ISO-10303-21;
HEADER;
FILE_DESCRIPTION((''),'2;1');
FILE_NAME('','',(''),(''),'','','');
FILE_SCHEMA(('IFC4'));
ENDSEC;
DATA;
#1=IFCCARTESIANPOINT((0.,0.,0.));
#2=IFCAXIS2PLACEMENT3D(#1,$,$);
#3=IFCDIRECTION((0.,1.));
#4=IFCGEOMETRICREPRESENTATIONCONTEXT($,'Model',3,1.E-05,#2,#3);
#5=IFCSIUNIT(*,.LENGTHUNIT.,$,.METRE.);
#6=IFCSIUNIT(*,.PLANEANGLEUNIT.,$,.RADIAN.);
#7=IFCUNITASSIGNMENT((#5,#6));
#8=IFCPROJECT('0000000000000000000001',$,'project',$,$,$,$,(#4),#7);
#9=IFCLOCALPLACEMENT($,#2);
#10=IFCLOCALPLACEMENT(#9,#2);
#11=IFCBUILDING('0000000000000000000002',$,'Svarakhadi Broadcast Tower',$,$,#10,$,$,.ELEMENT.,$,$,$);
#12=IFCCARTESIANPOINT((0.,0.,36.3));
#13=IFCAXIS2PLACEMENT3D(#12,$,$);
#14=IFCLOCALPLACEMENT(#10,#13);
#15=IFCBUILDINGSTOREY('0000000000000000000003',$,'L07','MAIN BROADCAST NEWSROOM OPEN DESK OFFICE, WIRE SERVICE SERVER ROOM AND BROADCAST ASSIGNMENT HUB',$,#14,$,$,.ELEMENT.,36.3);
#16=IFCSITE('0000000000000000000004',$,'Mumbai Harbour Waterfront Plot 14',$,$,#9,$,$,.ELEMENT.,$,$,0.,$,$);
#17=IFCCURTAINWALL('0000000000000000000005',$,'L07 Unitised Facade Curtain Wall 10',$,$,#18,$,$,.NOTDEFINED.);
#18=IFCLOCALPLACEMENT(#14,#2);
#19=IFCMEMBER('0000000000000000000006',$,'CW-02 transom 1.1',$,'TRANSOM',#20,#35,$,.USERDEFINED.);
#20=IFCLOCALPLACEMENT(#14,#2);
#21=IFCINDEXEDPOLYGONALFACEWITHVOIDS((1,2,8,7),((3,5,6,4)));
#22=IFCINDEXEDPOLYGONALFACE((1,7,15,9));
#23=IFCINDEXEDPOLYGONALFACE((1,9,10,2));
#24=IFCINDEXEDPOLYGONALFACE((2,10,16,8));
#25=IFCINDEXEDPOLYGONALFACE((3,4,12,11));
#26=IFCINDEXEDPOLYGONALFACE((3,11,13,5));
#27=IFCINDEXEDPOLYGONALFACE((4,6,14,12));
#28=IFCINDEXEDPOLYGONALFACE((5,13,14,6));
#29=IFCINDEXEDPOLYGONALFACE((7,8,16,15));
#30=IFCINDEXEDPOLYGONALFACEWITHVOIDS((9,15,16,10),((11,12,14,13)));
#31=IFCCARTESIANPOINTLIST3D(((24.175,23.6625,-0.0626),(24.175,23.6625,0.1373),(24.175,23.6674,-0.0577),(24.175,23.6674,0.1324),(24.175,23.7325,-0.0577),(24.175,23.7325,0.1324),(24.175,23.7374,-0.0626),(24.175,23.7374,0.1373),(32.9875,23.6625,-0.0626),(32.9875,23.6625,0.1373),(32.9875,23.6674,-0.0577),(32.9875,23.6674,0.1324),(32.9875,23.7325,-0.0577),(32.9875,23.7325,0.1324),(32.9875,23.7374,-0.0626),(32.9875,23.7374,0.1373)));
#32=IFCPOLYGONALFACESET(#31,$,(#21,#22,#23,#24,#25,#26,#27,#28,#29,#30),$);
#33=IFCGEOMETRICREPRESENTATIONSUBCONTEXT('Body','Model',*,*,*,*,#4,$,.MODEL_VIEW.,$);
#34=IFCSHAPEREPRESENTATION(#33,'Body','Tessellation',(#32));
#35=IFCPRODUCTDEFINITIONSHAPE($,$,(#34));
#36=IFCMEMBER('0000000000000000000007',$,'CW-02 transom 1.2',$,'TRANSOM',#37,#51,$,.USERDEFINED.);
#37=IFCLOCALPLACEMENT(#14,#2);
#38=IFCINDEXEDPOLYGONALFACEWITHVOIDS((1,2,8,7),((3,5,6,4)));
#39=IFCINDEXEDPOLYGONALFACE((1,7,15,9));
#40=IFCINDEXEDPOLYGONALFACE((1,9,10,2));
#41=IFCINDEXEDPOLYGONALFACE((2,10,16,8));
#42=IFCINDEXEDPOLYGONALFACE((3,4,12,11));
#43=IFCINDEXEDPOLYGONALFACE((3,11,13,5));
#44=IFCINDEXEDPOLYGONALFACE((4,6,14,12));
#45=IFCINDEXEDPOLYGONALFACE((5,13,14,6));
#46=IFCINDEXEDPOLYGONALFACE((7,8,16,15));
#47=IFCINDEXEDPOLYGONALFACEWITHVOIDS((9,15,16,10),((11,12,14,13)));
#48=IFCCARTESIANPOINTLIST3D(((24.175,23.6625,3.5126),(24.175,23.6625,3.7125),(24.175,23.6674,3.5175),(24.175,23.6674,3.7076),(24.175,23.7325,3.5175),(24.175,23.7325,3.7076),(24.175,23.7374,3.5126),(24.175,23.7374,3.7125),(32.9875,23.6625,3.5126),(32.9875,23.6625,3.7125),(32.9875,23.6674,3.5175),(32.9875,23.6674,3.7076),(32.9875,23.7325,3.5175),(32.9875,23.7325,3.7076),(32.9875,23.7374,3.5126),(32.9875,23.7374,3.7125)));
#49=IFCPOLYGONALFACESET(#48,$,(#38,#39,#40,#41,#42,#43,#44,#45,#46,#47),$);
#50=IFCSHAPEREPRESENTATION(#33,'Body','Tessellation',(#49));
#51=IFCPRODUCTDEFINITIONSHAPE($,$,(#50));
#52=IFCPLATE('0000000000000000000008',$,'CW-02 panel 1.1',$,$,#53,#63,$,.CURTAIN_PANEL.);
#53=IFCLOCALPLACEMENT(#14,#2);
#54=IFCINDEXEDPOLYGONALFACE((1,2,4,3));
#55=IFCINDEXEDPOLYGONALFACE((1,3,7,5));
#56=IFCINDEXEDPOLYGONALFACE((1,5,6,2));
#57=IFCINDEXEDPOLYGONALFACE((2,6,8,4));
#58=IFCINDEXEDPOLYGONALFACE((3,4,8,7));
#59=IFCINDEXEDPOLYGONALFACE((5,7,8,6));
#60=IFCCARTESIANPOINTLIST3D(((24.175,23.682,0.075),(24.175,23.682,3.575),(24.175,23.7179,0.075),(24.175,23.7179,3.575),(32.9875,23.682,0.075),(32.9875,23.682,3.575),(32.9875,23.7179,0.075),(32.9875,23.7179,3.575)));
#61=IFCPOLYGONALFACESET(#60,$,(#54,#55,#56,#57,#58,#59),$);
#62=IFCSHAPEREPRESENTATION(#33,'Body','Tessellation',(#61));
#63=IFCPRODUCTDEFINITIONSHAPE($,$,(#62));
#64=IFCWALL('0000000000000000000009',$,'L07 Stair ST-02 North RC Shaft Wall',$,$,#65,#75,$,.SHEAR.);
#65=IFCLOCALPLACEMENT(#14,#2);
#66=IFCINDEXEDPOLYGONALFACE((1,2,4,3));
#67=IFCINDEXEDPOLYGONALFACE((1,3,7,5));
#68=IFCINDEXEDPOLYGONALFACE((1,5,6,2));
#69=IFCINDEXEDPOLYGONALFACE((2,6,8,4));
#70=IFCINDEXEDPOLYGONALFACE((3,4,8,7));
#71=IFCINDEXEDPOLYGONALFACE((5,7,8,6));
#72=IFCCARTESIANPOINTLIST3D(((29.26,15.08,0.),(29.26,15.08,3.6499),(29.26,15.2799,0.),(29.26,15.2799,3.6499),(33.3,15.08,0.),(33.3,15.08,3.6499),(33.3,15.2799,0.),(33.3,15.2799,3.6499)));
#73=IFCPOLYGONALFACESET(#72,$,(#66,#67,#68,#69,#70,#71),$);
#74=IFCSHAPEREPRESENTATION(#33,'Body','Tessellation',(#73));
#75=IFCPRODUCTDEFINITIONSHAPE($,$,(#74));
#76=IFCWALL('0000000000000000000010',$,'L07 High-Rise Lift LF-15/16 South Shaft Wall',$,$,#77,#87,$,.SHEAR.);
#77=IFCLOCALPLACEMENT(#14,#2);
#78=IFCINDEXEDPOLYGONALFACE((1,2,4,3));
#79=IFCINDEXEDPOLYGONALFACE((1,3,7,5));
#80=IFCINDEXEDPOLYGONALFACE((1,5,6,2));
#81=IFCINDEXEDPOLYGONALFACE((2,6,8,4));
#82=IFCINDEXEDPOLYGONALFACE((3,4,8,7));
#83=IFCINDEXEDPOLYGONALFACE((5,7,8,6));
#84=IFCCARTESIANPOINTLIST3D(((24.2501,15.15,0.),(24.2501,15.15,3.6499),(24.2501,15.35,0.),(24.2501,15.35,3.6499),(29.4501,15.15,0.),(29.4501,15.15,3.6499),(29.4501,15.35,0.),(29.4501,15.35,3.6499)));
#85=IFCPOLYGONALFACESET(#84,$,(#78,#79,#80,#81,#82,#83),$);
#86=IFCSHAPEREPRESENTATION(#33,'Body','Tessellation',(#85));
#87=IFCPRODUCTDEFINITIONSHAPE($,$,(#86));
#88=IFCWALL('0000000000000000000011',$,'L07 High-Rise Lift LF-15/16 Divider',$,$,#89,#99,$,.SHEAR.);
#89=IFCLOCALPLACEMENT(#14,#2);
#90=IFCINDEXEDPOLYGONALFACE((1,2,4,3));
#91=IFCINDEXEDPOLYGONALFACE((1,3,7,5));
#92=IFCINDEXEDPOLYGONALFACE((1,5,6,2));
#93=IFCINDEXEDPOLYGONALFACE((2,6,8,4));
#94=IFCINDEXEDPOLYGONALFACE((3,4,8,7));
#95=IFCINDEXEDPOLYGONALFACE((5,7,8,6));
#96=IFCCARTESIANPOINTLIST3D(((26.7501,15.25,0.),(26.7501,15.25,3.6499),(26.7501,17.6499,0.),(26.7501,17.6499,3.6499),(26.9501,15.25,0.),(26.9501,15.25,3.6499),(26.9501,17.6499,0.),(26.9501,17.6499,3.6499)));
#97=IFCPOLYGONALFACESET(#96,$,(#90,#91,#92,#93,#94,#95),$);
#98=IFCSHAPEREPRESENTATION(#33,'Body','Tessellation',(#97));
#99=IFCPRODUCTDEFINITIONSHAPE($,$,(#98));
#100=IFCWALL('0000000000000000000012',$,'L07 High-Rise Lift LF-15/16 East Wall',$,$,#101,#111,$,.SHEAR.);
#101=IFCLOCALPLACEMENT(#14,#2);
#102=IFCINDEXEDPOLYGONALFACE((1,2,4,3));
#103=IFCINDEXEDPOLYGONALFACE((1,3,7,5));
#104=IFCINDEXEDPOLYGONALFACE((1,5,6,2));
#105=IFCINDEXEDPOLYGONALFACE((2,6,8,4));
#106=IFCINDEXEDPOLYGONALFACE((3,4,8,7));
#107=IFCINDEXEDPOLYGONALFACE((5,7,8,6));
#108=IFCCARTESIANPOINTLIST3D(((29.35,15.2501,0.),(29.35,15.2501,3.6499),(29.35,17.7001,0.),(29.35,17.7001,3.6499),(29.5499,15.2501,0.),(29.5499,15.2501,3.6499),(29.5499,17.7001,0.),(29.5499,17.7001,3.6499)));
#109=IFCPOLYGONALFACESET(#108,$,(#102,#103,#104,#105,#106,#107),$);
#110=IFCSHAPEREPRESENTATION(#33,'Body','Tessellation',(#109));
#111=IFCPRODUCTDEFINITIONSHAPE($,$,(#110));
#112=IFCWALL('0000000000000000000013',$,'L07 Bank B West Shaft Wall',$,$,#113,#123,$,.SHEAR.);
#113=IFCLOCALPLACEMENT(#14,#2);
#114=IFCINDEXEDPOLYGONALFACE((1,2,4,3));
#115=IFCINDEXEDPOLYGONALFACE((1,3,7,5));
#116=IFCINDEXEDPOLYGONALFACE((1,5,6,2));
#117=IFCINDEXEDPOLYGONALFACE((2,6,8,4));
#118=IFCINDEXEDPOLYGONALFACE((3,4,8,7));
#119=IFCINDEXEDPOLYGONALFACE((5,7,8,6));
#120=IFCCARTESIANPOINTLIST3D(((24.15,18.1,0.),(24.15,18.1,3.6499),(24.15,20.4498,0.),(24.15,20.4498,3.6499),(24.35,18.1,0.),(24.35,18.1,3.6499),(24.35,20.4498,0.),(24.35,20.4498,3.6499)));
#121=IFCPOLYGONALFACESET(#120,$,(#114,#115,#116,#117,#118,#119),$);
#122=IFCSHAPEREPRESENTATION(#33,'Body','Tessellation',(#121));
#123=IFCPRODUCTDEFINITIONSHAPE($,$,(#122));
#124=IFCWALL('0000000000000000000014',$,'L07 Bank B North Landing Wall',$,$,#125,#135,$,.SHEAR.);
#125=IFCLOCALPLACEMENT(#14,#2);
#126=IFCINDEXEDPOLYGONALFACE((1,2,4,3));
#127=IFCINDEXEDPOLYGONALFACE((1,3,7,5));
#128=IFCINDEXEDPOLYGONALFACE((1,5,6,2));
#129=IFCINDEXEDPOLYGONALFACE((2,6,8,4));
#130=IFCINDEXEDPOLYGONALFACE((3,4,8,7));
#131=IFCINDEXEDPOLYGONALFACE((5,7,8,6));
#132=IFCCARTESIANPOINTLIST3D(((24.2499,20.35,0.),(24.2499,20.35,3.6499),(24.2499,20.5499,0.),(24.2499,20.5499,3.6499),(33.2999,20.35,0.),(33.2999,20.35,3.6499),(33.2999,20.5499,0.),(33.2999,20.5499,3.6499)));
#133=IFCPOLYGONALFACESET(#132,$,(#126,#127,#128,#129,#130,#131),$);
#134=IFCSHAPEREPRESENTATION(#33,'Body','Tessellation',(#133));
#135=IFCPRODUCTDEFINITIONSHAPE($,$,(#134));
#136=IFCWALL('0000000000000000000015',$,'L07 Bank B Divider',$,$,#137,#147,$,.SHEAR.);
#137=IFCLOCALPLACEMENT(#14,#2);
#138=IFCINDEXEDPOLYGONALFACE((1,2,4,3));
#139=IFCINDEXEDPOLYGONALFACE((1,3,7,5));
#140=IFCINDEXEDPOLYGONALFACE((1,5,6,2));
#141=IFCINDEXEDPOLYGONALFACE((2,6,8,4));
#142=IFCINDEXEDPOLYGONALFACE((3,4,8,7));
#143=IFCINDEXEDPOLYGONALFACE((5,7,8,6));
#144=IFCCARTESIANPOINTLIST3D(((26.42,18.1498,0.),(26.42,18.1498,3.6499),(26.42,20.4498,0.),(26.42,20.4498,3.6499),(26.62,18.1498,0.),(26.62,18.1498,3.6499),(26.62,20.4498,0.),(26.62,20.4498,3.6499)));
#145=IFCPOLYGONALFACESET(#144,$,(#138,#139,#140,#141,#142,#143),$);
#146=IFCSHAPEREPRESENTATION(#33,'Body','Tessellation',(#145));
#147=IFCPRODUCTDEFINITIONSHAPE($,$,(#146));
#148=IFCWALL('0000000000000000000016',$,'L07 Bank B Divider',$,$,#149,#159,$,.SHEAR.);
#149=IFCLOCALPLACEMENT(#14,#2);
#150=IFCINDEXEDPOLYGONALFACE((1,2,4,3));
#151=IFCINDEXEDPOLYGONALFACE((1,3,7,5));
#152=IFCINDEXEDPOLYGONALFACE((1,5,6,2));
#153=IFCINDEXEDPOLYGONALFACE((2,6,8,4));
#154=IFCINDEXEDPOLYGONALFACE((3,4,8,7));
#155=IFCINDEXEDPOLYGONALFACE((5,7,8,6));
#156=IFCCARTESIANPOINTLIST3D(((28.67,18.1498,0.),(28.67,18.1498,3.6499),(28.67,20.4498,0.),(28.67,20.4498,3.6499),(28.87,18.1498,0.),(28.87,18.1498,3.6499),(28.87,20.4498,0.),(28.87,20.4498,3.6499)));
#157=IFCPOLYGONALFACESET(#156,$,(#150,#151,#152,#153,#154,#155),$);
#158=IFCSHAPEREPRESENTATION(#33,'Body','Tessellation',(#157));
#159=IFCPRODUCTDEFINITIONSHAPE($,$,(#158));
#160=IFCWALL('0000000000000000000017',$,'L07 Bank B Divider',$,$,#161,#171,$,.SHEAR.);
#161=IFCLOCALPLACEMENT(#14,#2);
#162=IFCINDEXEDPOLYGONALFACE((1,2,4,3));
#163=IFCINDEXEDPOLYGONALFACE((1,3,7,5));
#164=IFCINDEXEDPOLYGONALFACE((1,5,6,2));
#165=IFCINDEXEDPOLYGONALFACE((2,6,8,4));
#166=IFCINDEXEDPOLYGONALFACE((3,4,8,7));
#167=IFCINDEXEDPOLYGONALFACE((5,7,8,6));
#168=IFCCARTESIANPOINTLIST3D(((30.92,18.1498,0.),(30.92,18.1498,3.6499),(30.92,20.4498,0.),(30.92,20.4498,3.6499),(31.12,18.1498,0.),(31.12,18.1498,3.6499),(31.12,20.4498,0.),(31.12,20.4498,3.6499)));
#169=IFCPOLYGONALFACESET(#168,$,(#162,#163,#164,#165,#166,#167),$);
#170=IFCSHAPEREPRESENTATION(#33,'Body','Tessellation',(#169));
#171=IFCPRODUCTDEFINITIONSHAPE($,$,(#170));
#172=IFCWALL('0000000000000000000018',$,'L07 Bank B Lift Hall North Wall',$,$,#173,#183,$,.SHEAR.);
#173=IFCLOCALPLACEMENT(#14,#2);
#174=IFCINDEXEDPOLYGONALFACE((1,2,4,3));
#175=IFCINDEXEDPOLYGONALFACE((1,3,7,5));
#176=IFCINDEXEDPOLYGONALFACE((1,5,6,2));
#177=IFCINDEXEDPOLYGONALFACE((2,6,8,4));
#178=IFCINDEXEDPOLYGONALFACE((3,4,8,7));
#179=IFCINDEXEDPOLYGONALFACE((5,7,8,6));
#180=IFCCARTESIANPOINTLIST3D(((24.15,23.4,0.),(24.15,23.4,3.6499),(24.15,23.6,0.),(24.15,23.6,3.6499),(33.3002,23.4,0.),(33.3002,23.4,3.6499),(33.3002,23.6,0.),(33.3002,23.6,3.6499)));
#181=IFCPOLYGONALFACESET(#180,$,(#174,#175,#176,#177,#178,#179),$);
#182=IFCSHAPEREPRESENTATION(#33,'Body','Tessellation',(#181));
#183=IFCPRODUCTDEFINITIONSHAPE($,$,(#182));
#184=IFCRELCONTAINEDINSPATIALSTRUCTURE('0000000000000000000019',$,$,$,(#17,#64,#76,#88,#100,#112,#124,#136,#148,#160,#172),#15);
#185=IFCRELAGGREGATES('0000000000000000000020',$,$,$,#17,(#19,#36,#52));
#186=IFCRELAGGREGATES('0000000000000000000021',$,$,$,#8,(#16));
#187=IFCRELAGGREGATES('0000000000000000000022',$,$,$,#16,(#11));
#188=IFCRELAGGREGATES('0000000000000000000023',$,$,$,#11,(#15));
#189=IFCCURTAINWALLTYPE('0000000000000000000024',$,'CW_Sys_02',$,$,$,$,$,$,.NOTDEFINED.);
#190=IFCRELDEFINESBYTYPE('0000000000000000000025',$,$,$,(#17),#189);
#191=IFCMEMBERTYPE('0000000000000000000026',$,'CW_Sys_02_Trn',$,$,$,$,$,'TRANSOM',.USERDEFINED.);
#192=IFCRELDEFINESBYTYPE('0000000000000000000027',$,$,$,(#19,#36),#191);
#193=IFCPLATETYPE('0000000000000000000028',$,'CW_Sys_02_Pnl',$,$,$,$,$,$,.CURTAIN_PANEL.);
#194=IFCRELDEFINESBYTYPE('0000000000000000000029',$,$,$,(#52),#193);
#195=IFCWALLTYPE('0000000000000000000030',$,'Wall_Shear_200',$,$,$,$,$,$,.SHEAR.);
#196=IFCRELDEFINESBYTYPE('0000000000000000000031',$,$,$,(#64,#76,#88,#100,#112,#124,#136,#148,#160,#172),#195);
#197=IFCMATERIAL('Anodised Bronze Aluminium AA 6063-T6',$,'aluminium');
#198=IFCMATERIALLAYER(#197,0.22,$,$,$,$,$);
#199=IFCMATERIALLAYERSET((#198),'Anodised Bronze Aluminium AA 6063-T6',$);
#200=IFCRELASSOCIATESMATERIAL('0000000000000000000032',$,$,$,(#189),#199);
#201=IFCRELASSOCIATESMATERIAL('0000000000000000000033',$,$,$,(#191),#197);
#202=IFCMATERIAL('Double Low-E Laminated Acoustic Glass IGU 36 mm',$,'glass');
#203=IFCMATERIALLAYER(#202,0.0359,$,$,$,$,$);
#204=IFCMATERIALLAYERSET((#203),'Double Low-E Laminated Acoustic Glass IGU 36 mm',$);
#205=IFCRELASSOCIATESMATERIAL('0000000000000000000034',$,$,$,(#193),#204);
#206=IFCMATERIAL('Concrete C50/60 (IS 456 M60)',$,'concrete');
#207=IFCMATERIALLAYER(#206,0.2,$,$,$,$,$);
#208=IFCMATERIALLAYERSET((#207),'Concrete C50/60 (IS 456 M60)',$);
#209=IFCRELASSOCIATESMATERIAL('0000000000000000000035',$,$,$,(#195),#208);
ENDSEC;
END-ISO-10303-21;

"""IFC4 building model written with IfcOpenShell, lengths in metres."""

from ifc_helpers import new_model, si_unit, direction, frame, frame_2d, origin, origin_2d, place, context, subcontext, project, spatial, rectangle, hollow_rectangle, extrude, material, layer, layer_set, material_profile, profile_set, type_object, element, aggregate, save


model = new_model("IFC4")

# Units and contexts
model_context = context("Model", 3, precision=1e-05, world=origin(), true_north=direction((0.0, 1.0)))
body_context = subcontext(model_context, "Body", "Model", "MODEL_VIEW")
ifc_project = project(units=[si_unit("LENGTHUNIT", "METRE"), si_unit("PLANEANGLEUNIT", "RADIAN")], contexts=[model_context])

# Site, building, storey
site_placement = place(None, origin())
site = spatial("IfcSite", under=ifc_project, at=site_placement, Name="Mumbai Harbour Waterfront Plot 14", CompositionType="ELEMENT", RefElevation=0.0)
building_placement = place(site_placement, origin())
building = spatial("IfcBuilding", under=site, at=building_placement, Name="Svarakhadi Broadcast Tower", CompositionType="ELEMENT")
storey_placement = place(building_placement, frame((0.0, 0.0, 36.3)))
storey = spatial("IfcBuildingStorey", under=building, at=storey_placement, Name="L07", Description="MAIN BROADCAST NEWSROOM OPEN DESK OFFICE, WIRE SERVICE SERVER ROOM AND BROADCAST ASSIGNMENT HUB", CompositionType="ELEMENT", Elevation=36.3)

# Curtain wall, members, plate
ifc_material_1 = material(Name="Anodised Bronze Aluminium AA 6063-T6", Category="aluminium")
ifc_layer_1 = layer(ifc_material_1, 0.22)
ifc_layer_set_1 = layer_set([ifc_layer_1], Name="Anodised Bronze Aluminium AA 6063-T6")
curtain_wall_type = type_object("IfcCurtainWallType", Name="CW_Sys_02", PredefinedType="NOTDEFINED", material=ifc_layer_set_1)
curtain_wall_placement = place(storey_placement, origin())
curtain_wall = element("IfcCurtainWall", 1, at=curtain_wall_placement, inside=storey, type_object=curtain_wall_type, Name="L07 Unitised Facade Curtain Wall 10", PredefinedType="NOTDEFINED")
ifc_material_profile = material_profile(ifc_material_1, hollow_rectangle(XDim=0.075, YDim=0.2, WallThickness=0.0049, at=origin_2d()), Name="ALU TRANSOM 200x75x5")
ifc_profile_set = profile_set([ifc_material_profile], Name="Anodised Bronze Aluminium AA 6063-T6")
member_type = type_object("IfcMemberType", Name="CW_Sys_02_Trn", ElementType="TRANSOM", PredefinedType="USERDEFINED", material=ifc_profile_set)
member_1_placement = place(storey_placement, frame((24.175, 23.7, 0.0374), z_axis=(1.0, 0.0, 0.0), x_axis=(0.0, 1.0, 0.0)))
member_1 = element("IfcMember", 2, at=member_1_placement, type_object=member_type, Name="CW-02 transom 1.1", ObjectType="TRANSOM", PredefinedType="USERDEFINED", context=body_context, shape_type="SweptSolid", body=[
    extrude(hollow_rectangle(XDim=0.075, YDim=0.2, WallThickness=0.0049, at=origin_2d()), origin(), (0.0, 0.0, 1.0), 8.8125),
])
member_2_placement = place(storey_placement, frame((24.175, 23.7, 3.6125), z_axis=(1.0, 0.0, 0.0), x_axis=(0.0, 1.0, 0.0)))
member_2 = element("IfcMember", 3, at=member_2_placement, type_object=member_type, Name="CW-02 transom 1.2", ObjectType="TRANSOM", PredefinedType="USERDEFINED", context=body_context, shape_type="SweptSolid", body=[
    extrude(hollow_rectangle(XDim=0.075, YDim=0.2, WallThickness=0.0049, at=origin_2d()), origin(), (0.0, 0.0, 1.0), 8.8125),
])
ifc_material_2 = material(Name="Double Low-E Laminated Acoustic Glass IGU 36 mm", Category="glass")
ifc_layer_2 = layer(ifc_material_2, 0.0359)
ifc_layer_set_2 = layer_set([ifc_layer_2], Name="Double Low-E Laminated Acoustic Glass IGU 36 mm")
plate_type = type_object("IfcPlateType", Name="CW_Sys_02_Pnl", PredefinedType="CURTAIN_PANEL", material=ifc_layer_set_2)
plate_placement = place(storey_placement, frame((28.5813, 23.7, 0.075), z_axis=(0.0, 0.0, 1.0), x_axis=(1.0, 0.0, 0.0)))
plate = element("IfcPlate", 4, at=plate_placement, type_object=plate_type, Name="CW-02 panel 1.1", PredefinedType="CURTAIN_PANEL", context=body_context, shape_type="SweptSolid", body=[
    extrude(rectangle(XDim=8.8125, YDim=0.0359, at=origin_2d()), origin(), (0.0, 0.0, 1.0), 3.5),
])
aggregate(curtain_wall, [member_1, member_2, plate])

# Wall
ifc_material_3 = material(Name="Concrete C50/60 (IS 456 M60)", Category="concrete")
ifc_layer_3 = layer(ifc_material_3, 0.2)
ifc_layer_set_3 = layer_set([ifc_layer_3], Name="Concrete C50/60 (IS 456 M60)")
wall_type_1 = type_object("IfcWallType", Name="Wall_Shear_200", PredefinedType="SHEAR", material=ifc_layer_set_3)
wall_1_placement = place(storey_placement, frame((29.26, 15.1799, 0.0), z_axis=(0.0, 0.0, 1.0), x_axis=(1.0, 0.0, 0.0)))
element("IfcWall", 5, at=wall_1_placement, inside=storey, type_object=wall_type_1, Name="L07 Stair ST-02 North RC Shaft Wall", PredefinedType="SHEAR", context=body_context, shape_type="SweptSolid", body=[
    extrude(rectangle(XDim=4.04, YDim=0.2, at=frame_2d((2.02, 0.0))), origin(), (0.0, 0.0, 1.0), 3.6499),
])

# Walls
wall_2_placement = place(storey_placement, frame((24.25, 15.25, 0.0), z_axis=(0.0, 0.0, 1.0), x_axis=(1.0, 0.0, 0.0)))
element("IfcWall", 6, at=wall_2_placement, inside=storey, type_object=wall_type_1, Name="L07 High-Rise Lift LF-15/16 South Shaft Wall", PredefinedType="SHEAR", context=body_context, shape_type="SweptSolid", body=[
    extrude(rectangle(XDim=5.2, YDim=0.2, at=frame_2d((2.6001, 0.0))), origin(), (0.0, 0.0, 1.0), 3.6499),
])
wall_3_placement = place(storey_placement, frame((26.8501, 15.25, 0.0), z_axis=(0.0, 0.0, 1.0), x_axis=(0.0, 1.0, 0.0)))
element("IfcWall", 7, at=wall_3_placement, inside=storey, type_object=wall_type_1, Name="L07 High-Rise Lift LF-15/16 Divider", PredefinedType="SHEAR", context=body_context, shape_type="SweptSolid", body=[
    extrude(rectangle(XDim=2.3999, YDim=0.2, at=frame_2d((1.2, 0.0))), origin(), (0.0, 0.0, 1.0), 3.6499),
])
wall_4_placement = place(storey_placement, frame((29.45, 15.25, 0.0), z_axis=(0.0, 0.0, 1.0), x_axis=(0.0, 1.0, 0.0)))
element("IfcWall", 8, at=wall_4_placement, inside=storey, type_object=wall_type_1, Name="L07 High-Rise Lift LF-15/16 East Wall", PredefinedType="SHEAR", context=body_context, shape_type="SweptSolid", body=[
    extrude(rectangle(XDim=2.45, YDim=0.2, at=frame_2d((1.2251, 0.0))), origin(), (0.0, 0.0, 1.0), 3.6499),
])
wall_5_placement = place(storey_placement, frame((24.25, 18.1001, 0.0), z_axis=(0.0, 0.0, 1.0), x_axis=(0.0, 1.0, 0.0)))
element("IfcWall", 9, at=wall_5_placement, inside=storey, type_object=wall_type_1, Name="L07 Bank B West Shaft Wall", PredefinedType="SHEAR", context=body_context, shape_type="SweptSolid", body=[
    extrude(rectangle(XDim=2.3499, YDim=0.2, at=frame_2d((1.1748, 0.0))), origin(), (0.0, 0.0, 1.0), 3.6499),
])
wall_6_placement = place(storey_placement, frame((24.25, 20.45, 0.0), z_axis=(0.0, 0.0, 1.0), x_axis=(1.0, 0.0, 0.0)))
element("IfcWall", 10, at=wall_6_placement, inside=storey, type_object=wall_type_1, Name="L07 Bank B North Landing Wall", PredefinedType="SHEAR", context=body_context, shape_type="SweptSolid", body=[
    extrude(rectangle(XDim=9.05, YDim=0.2, at=frame_2d((4.5249, 0.0))), origin(), (0.0, 0.0, 1.0), 3.6499),
])
for number, where, z_axis, x_axis, name in (
    (11, (26.52, 18.1499, 0.0), (0.0, 0.0, 1.0), (0.0, 1.0, 0.0), "L07 Bank B Divider"),
    (12, (28.77, 18.1499, 0.0), (0.0, 0.0, 1.0), (0.0, 1.0, 0.0), "L07 Bank B Divider"),
    (13, (31.02, 18.1499, 0.0), (0.0, 0.0, 1.0), (0.0, 1.0, 0.0), "L07 Bank B Divider"),
):
    element("IfcWall", number, at=place(storey_placement, frame(where, z_axis=z_axis, x_axis=x_axis)), inside=storey, type_object=wall_type_1, Name=name, PredefinedType="SHEAR", context=body_context, shape_type="SweptSolid", body=[
        extrude(rectangle(XDim=2.3, YDim=0.2, at=frame_2d((1.1499, 0.0))), origin(), (0.0, 0.0, 1.0), 3.6499),
    ])
wall_7_placement = place(storey_placement, frame((24.1499, 23.5, 0.0), z_axis=(0.0, 0.0, 1.0), x_axis=(1.0, 0.0, 0.0)))
element("IfcWall", 14, at=wall_7_placement, inside=storey, type_object=wall_type_1, Name="L07 Bank B Lift Hall North Wall", PredefinedType="SHEAR", context=body_context, shape_type="SweptSolid", body=[
    extrude(rectangle(XDim=9.1501, YDim=0.2, at=frame_2d((4.5752, 0.0))), origin(), (0.0, 0.0, 1.0), 3.6499),
])

save(model, "model.ifc")
